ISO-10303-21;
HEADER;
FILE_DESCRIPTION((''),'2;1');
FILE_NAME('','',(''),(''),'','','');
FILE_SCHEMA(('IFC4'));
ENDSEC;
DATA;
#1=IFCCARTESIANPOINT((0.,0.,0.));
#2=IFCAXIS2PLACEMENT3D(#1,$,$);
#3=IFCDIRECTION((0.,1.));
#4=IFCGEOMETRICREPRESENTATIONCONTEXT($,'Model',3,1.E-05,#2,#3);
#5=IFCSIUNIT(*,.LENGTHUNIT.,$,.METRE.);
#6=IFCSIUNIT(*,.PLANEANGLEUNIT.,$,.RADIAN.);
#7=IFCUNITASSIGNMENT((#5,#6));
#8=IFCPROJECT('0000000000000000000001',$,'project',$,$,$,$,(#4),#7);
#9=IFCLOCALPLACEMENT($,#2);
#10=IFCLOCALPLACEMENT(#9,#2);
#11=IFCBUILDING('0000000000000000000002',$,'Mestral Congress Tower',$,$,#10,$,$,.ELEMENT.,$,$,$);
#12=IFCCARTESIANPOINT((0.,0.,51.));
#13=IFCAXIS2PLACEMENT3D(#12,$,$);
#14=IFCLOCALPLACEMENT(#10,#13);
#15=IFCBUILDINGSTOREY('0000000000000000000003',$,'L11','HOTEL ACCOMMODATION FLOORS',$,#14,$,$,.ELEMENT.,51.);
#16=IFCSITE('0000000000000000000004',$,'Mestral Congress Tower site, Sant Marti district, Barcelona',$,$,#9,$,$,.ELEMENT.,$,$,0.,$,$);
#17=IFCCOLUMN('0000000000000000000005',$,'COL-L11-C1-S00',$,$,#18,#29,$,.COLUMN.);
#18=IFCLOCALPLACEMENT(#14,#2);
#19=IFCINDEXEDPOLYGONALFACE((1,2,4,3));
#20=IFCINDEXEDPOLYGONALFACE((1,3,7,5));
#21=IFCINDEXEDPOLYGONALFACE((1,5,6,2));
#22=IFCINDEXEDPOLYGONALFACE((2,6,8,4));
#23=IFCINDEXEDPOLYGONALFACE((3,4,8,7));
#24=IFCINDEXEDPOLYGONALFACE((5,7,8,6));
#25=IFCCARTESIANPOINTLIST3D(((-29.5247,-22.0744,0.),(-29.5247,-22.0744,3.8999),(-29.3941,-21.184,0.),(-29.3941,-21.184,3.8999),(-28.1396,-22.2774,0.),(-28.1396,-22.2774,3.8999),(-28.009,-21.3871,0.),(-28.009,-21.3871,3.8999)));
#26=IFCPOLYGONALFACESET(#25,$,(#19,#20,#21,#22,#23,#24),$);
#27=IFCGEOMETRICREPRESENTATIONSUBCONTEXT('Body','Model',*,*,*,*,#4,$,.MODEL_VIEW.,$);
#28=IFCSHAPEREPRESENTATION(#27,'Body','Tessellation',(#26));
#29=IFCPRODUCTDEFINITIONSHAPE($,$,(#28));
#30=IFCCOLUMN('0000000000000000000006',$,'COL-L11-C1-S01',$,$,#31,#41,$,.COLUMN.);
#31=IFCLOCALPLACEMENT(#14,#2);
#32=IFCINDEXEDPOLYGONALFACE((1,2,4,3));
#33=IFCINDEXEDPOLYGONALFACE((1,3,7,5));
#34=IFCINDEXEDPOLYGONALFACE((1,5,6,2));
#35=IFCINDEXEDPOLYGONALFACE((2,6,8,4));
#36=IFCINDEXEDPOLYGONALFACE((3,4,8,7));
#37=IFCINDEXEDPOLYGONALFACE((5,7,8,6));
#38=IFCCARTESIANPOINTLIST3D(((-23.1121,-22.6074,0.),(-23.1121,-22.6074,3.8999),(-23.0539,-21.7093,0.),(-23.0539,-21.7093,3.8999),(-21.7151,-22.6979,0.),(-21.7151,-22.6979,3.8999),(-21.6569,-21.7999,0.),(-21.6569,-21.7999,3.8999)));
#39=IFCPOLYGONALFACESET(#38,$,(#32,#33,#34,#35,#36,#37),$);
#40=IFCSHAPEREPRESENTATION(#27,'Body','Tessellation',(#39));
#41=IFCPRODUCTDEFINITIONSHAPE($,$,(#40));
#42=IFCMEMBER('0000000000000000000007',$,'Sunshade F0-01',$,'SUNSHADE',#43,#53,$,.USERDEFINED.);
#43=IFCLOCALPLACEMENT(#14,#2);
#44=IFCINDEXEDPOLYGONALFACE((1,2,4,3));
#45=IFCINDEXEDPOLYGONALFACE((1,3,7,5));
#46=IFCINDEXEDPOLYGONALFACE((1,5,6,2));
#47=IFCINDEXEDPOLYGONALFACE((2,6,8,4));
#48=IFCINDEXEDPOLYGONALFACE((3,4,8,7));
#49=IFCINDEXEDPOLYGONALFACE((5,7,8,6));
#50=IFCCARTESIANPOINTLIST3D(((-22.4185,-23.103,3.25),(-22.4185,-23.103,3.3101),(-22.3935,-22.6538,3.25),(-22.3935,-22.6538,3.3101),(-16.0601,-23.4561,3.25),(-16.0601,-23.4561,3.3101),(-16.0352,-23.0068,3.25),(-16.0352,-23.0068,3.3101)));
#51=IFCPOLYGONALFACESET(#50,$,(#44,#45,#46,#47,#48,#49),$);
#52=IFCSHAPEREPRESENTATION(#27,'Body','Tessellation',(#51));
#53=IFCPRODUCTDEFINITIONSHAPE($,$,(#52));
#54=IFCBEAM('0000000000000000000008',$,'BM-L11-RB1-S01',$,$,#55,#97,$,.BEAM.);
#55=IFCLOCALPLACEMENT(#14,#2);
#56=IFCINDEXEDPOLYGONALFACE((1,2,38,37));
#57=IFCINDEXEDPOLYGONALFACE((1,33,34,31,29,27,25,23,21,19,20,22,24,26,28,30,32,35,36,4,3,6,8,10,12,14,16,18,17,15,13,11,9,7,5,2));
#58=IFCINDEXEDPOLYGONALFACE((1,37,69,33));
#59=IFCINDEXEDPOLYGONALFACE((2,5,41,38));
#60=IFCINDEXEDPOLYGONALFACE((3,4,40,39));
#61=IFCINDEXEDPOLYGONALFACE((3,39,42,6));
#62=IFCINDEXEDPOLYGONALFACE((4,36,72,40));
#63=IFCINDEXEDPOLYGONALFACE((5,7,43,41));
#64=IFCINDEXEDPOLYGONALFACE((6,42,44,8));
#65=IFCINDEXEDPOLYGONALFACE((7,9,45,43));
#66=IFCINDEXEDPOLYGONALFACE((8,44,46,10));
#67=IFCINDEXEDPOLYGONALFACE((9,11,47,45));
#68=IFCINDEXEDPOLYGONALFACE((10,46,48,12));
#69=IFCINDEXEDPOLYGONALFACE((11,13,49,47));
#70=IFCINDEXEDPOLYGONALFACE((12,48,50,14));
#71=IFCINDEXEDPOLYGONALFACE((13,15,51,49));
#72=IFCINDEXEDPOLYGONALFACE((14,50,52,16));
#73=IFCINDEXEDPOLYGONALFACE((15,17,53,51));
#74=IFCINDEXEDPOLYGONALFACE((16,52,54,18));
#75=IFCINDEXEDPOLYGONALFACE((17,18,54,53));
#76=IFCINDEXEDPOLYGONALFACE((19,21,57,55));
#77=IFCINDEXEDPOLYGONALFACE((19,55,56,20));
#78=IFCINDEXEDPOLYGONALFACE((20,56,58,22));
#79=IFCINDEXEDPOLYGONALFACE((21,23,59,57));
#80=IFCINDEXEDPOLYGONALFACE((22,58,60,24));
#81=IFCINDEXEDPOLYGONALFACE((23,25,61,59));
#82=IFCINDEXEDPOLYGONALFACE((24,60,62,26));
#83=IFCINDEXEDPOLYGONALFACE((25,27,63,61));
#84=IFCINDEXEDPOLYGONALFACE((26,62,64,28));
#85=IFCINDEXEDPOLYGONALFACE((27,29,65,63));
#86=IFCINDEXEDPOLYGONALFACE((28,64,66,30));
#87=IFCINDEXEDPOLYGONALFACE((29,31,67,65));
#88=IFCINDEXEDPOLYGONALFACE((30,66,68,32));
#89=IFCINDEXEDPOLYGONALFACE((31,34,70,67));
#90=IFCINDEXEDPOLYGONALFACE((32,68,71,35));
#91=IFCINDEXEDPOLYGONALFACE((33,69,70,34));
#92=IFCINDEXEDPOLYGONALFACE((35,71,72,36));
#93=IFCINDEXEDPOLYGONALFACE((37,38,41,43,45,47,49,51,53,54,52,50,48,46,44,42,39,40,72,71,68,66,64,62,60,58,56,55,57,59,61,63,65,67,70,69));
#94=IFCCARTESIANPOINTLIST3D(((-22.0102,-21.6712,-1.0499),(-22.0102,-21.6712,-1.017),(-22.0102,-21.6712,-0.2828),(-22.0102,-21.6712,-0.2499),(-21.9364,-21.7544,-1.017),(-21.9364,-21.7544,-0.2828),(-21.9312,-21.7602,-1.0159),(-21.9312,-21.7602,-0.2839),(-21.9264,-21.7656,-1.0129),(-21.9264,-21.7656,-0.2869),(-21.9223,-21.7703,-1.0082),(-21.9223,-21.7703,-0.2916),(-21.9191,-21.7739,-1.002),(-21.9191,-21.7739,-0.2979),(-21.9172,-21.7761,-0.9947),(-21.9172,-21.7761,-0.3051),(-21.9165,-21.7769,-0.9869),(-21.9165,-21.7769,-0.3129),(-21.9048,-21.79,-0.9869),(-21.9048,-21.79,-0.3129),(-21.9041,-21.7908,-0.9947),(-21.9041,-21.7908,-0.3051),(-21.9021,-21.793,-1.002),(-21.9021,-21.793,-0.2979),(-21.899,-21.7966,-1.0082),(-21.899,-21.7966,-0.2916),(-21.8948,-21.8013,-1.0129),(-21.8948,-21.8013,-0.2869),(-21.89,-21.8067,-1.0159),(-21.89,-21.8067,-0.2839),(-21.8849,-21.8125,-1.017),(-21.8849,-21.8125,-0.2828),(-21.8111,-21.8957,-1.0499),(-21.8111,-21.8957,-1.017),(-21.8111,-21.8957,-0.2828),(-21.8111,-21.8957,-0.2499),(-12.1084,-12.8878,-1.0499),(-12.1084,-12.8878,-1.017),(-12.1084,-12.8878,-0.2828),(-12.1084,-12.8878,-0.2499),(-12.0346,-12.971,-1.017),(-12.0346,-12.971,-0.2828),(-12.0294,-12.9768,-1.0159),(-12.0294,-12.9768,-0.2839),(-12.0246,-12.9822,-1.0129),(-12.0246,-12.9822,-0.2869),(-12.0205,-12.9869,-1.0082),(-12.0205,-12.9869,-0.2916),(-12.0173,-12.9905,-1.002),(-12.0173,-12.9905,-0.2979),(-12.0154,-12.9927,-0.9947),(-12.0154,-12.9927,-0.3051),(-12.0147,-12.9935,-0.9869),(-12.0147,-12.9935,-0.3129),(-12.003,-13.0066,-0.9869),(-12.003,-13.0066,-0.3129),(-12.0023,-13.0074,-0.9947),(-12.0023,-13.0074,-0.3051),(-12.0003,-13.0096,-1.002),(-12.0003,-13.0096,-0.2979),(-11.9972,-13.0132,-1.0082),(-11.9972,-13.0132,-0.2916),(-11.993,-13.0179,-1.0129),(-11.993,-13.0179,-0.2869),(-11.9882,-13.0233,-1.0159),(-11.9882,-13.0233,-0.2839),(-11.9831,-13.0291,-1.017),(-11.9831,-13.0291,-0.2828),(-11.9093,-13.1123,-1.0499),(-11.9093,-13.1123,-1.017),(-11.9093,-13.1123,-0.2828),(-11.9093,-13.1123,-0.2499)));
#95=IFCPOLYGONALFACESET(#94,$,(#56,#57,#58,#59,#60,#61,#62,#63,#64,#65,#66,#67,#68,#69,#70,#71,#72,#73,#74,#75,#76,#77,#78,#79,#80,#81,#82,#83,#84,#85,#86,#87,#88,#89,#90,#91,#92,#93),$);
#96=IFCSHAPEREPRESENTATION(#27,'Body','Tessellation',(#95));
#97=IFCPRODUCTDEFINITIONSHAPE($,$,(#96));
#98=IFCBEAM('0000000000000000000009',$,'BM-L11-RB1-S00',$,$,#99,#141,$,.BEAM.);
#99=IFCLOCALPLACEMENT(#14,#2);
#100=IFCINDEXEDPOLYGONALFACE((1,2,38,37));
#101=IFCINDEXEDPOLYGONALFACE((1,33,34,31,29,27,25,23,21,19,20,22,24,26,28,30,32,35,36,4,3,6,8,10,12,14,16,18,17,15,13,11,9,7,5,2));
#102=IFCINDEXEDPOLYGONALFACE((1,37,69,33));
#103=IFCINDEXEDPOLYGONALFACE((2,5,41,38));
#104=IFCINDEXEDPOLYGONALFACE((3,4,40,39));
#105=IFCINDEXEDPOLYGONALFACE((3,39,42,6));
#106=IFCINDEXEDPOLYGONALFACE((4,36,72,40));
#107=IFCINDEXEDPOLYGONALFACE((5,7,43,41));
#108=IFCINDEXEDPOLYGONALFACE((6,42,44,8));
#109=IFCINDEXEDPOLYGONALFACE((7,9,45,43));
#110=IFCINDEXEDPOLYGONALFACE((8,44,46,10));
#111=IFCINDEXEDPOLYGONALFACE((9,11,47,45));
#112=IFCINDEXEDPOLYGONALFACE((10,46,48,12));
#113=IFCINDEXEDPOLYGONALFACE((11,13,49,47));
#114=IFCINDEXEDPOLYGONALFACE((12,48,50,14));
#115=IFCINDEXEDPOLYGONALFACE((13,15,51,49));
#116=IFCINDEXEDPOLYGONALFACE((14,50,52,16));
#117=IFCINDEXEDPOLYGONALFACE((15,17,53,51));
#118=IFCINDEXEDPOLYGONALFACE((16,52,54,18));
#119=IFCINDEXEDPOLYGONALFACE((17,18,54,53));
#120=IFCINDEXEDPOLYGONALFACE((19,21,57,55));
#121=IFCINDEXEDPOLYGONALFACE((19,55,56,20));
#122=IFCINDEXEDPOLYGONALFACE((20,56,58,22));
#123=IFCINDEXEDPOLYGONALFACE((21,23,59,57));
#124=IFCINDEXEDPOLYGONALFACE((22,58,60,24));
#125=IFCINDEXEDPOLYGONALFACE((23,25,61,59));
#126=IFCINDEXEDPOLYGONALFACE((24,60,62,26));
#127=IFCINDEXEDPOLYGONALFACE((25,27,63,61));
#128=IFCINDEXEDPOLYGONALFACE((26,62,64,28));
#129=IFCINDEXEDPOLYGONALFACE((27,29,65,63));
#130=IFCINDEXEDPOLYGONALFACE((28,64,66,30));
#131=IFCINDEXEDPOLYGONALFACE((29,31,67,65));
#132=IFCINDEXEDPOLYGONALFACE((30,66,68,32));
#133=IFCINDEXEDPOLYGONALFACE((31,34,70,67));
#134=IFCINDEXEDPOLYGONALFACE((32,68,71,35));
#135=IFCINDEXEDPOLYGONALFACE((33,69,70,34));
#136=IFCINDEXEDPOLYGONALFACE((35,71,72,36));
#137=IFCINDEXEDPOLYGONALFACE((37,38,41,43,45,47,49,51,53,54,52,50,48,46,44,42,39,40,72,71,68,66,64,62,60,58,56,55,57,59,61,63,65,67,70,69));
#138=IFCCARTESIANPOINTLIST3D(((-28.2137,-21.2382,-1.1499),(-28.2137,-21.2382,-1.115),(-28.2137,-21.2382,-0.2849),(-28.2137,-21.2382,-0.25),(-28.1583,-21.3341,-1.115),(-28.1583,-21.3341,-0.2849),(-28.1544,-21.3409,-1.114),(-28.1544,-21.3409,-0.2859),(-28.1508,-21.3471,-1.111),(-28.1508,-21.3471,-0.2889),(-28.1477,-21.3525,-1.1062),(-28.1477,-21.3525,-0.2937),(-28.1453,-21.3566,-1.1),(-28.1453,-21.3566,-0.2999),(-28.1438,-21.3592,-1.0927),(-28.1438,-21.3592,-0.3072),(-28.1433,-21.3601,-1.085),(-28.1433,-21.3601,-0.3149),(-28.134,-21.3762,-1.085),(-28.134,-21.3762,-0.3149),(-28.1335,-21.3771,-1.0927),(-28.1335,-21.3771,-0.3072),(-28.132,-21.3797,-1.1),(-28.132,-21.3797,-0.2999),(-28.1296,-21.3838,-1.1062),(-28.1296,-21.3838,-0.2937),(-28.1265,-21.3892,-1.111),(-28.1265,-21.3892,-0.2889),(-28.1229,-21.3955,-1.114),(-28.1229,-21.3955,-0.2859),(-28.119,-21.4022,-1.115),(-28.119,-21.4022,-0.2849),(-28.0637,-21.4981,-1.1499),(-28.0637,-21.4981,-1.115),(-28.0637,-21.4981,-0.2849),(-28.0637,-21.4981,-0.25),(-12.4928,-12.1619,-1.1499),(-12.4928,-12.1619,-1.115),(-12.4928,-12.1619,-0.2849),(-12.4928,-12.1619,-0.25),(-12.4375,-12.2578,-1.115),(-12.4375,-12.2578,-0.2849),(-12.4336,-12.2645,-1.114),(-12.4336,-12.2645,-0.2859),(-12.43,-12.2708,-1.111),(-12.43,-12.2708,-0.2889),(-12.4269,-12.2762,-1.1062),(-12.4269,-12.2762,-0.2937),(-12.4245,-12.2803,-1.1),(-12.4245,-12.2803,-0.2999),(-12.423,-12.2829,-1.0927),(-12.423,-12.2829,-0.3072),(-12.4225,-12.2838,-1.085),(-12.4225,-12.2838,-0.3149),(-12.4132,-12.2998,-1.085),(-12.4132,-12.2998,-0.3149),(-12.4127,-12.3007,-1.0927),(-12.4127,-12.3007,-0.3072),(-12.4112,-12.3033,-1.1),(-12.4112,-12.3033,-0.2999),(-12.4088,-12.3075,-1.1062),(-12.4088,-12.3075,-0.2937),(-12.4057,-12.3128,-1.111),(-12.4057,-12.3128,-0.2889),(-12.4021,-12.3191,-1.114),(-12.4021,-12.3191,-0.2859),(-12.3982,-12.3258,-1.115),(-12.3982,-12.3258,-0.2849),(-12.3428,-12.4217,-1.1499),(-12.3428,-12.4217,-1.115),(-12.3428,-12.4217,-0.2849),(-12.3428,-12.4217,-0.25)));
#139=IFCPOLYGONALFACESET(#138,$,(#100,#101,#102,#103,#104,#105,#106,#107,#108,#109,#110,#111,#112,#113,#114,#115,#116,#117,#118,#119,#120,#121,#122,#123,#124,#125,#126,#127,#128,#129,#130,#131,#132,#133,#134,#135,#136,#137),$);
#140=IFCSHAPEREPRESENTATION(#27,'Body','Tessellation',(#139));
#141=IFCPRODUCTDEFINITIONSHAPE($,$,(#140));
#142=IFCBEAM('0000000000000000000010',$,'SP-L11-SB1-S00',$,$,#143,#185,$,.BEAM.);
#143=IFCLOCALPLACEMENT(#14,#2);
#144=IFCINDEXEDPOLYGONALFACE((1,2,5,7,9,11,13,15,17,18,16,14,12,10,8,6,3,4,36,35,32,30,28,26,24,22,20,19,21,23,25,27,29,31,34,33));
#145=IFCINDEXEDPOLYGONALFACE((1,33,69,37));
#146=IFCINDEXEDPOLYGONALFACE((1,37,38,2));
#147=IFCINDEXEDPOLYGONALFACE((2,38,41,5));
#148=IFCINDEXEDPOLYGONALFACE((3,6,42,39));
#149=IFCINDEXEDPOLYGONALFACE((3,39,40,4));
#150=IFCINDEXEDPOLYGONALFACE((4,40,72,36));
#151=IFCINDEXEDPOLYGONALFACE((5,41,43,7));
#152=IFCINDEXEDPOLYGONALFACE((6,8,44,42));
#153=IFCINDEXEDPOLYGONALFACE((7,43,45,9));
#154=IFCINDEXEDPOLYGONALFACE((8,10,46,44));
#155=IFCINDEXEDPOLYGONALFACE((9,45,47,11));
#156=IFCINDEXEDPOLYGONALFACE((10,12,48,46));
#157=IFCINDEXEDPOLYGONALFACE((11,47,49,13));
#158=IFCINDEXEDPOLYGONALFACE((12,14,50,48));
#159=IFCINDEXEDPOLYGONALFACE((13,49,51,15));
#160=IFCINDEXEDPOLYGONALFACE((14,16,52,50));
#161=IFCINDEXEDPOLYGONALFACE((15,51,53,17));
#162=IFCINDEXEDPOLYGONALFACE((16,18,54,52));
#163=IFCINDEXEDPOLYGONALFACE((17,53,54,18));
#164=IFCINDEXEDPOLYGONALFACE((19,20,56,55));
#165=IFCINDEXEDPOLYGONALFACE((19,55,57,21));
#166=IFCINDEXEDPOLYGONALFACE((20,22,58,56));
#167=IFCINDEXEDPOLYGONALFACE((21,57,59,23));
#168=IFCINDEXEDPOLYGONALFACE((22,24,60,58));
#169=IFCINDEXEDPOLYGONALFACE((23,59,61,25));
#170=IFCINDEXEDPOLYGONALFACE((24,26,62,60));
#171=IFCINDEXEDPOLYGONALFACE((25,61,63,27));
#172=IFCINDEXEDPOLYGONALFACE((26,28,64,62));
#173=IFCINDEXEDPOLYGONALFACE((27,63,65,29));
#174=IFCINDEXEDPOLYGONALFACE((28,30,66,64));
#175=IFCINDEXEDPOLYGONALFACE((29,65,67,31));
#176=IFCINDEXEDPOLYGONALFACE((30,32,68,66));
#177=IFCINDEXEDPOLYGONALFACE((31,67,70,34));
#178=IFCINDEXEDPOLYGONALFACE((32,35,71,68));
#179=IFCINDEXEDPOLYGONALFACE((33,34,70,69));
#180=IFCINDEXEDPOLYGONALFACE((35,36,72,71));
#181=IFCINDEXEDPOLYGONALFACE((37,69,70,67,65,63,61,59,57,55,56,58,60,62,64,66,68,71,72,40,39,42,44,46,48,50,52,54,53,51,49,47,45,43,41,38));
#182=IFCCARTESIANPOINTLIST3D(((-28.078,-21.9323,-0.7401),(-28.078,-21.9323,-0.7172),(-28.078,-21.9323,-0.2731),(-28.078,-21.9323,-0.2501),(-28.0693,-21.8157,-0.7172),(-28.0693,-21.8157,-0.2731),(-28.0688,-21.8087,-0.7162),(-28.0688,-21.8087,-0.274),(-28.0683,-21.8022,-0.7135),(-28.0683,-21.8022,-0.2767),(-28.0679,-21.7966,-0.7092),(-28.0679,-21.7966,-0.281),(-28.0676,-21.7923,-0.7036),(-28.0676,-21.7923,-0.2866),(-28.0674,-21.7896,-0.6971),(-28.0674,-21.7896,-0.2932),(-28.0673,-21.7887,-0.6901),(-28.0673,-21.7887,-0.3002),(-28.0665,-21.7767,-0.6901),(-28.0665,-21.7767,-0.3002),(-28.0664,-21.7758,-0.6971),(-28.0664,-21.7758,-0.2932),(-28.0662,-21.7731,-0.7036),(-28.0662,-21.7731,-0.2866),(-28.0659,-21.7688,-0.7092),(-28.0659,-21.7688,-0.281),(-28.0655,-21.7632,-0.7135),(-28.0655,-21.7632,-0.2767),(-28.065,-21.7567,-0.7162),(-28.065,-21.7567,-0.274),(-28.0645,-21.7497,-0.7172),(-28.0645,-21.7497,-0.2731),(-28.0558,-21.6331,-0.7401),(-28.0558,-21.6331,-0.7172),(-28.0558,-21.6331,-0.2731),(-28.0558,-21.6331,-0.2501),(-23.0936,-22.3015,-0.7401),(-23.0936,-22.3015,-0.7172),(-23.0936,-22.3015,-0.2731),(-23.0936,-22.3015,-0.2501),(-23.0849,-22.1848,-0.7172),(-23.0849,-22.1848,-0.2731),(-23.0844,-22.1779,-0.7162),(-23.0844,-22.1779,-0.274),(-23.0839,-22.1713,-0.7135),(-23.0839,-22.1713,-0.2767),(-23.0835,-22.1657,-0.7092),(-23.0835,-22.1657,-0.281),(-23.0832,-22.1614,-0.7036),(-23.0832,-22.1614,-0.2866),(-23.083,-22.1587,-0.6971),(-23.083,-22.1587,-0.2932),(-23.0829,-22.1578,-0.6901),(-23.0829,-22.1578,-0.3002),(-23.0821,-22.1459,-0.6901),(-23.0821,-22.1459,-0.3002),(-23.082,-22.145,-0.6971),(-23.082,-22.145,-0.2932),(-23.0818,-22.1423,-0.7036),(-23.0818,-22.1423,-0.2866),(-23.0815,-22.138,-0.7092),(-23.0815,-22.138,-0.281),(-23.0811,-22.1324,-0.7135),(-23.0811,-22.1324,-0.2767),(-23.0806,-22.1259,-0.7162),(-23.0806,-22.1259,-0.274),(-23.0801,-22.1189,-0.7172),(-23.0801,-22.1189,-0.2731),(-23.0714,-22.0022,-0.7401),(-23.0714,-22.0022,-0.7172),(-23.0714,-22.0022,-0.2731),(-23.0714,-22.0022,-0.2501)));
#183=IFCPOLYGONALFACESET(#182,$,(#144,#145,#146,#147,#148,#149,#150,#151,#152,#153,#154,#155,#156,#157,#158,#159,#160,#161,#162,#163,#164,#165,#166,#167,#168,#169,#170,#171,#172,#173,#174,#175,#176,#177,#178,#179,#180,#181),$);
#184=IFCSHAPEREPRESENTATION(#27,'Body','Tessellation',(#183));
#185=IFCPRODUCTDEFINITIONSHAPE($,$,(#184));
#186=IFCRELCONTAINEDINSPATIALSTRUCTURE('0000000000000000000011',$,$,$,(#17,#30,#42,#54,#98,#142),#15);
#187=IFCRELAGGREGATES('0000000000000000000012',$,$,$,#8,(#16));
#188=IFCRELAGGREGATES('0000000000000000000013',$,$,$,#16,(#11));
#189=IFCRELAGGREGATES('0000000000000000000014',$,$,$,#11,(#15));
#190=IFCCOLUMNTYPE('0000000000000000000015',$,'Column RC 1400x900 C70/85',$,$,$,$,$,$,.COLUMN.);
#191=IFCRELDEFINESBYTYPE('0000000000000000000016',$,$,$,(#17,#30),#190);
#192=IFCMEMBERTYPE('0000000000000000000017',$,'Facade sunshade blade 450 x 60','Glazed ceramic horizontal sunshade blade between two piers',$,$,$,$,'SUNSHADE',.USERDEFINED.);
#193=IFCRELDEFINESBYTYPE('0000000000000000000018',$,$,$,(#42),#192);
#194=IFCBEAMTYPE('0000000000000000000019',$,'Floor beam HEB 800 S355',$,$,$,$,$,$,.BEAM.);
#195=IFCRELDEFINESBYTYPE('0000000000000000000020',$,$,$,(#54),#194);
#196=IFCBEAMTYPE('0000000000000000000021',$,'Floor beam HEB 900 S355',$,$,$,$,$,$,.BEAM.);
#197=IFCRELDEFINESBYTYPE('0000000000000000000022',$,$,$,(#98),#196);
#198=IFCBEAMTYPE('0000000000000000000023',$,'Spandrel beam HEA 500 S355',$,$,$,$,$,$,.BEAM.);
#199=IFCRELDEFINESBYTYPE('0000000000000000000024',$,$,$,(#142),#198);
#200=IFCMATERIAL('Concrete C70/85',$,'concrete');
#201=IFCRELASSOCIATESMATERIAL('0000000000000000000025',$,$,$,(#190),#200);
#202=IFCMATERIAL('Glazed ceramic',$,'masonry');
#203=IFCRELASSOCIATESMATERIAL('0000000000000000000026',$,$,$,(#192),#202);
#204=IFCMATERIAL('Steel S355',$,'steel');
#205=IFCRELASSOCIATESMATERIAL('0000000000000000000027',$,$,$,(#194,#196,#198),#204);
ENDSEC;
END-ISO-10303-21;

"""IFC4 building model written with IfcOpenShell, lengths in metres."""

from ifc_helpers import new_model, si_unit, direction, frame, origin, origin_2d, place, context, subcontext, project, spatial, rectangle, i_section, extrude, material, material_profile, profile_set, type_object, element, save


model = new_model("IFC4")

# Units and contexts
model_context = context("Model", 3, precision=1e-05, world=origin(), true_north=direction((0.0, 1.0)))
body_context = subcontext(model_context, "Body", "Model", "MODEL_VIEW")
ifc_project = project(units=[si_unit("LENGTHUNIT", "METRE"), si_unit("PLANEANGLEUNIT", "RADIAN")], contexts=[model_context])

# Site, building, storey
site_placement = place(None, origin())
site = spatial("IfcSite", under=ifc_project, at=site_placement, Name="Mestral Congress Tower site, Sant Marti district, Barcelona", CompositionType="ELEMENT", RefElevation=0.0)
building_placement = place(site_placement, origin())
building = spatial("IfcBuilding", under=site, at=building_placement, Name="Mestral Congress Tower", CompositionType="ELEMENT")
storey_placement = place(building_placement, frame((0.0, 0.0, 51.0)))
storey = spatial("IfcBuildingStorey", under=building, at=storey_placement, Name="L11", Description="HOTEL ACCOMMODATION FLOORS", CompositionType="ELEMENT", Elevation=51.0)

# Columns
ifc_material_1 = material(Name="Concrete C70/85", Category="concrete")
ifc_material_profile_1 = material_profile(ifc_material_1, rectangle(XDim=1.3999, YDim=0.8999, at=origin_2d()), Name="RC 1400x900")
ifc_profile_set_1 = profile_set([ifc_material_profile_1], Name="Concrete C70/85")
column_type = type_object("IfcColumnType", Name="Column RC 1400x900 C70/85", PredefinedType="COLUMN", material=ifc_profile_set_1)
for number, where, z_axis, x_axis, name in (
    (1, (-28.7668, -21.7307, 0.0), (0.0, 0.0, 1.0), (0.989424, -0.145056, 0.0), "COL-L11-C1-S00"),
    (2, (-22.3845, -22.2036, 0.0), (0.0, 0.0, 1.0), (0.997908, -0.064658, 0.0), "COL-L11-C1-S01"),
):
    element("IfcColumn", number, at=place(storey_placement, frame(where, z_axis=z_axis, x_axis=x_axis)), inside=storey, type_object=column_type, Name=name, PredefinedType="COLUMN", context=body_context, shape_type="SweptSolid", body=[
        extrude(rectangle(XDim=1.3999, YDim=0.8999, at=origin_2d()), origin(), (0.0, 0.0, 1.0), 3.8999),
    ])

# Member
ifc_material_2 = material(Name="Glazed ceramic", Category="masonry")
ifc_material_profile_2 = material_profile(ifc_material_2, rectangle(XDim=0.45, YDim=0.0601, at=origin_2d()), Name="Ceramic blade 450 x 60")
ifc_profile_set_2 = profile_set([ifc_material_profile_2], Name="Glazed ceramic")
member_type = type_object("IfcMemberType", Name="Facade sunshade blade 450 x 60", Description="Glazed ceramic horizontal sunshade blade between two piers", ElementType="SUNSHADE", PredefinedType="USERDEFINED", material=ifc_profile_set_2)
member_placement = place(storey_placement, frame((-22.406, -22.8784, 3.28), z_axis=(0.998462, -0.055436, 0.0), x_axis=(0.055436, 0.998462, 0.0)))
element("IfcMember", 3, at=member_placement, inside=storey, type_object=member_type, Name="Sunshade F0-01", ObjectType="SUNSHADE", PredefinedType="USERDEFINED", context=body_context, shape_type="SweptSolid", body=[
    extrude(rectangle(XDim=0.45, YDim=0.0601, at=origin_2d()), origin(), (0.0, 0.0, 1.0), 6.3682),
])

# Beams
ifc_material_3 = material(Name="Steel S355", Category="steel")
ifc_material_profile_3 = material_profile(ifc_material_3, i_section(OverallWidth=0.3, OverallDepth=0.8, WebThickness=0.0176, FlangeThickness=0.033, FilletRadius=0.03, at=origin_2d()), Name="HEB 800")
ifc_profile_set_3 = profile_set([ifc_material_profile_3], Name="Steel S355")
beam_type_1 = type_object("IfcBeamType", Name="Floor beam HEB 800 S355", PredefinedType="BEAM", material=ifc_profile_set_3)
beam_1_placement = place(storey_placement, frame((-21.9106, -21.7834, -0.6499), z_axis=(0.748092, 0.663595, 0.0), x_axis=(-0.663595, 0.748092, 0.0)))
element("IfcBeam", 4, at=beam_1_placement, inside=storey, type_object=beam_type_1, Name="BM-L11-RB1-S01", PredefinedType="BEAM", context=body_context, shape_type="SweptSolid", body=[
    extrude(i_section(OverallWidth=0.3, OverallDepth=0.8, WebThickness=0.0176, FlangeThickness=0.033, FilletRadius=0.03, at=origin_2d()), origin(), (0.0, 0.0, 1.0), 13.2361),
])
ifc_material_profile_4 = material_profile(ifc_material_3, i_section(OverallWidth=0.3, OverallDepth=0.8999, WebThickness=0.0186, FlangeThickness=0.0349, FilletRadius=0.03, at=origin_2d()), Name="HEB 900")
ifc_profile_set_4 = profile_set([ifc_material_profile_4], Name="Steel S355")
beam_type_2 = type_object("IfcBeamType", Name="Floor beam HEB 900 S355", PredefinedType="BEAM", material=ifc_profile_set_4)
beam_2_placement = place(storey_placement, frame((-28.1387, -21.3682, -0.7), z_axis=(0.866027, 0.499997, 0.0), x_axis=(-0.499997, 0.866027, 0.0)))
element("IfcBeam", 5, at=beam_2_placement, inside=storey, type_object=beam_type_2, Name="BM-L11-RB1-S00", PredefinedType="BEAM", context=body_context, shape_type="SweptSolid", body=[
    extrude(i_section(OverallWidth=0.3, OverallDepth=0.8999, WebThickness=0.0186, FlangeThickness=0.0349, FilletRadius=0.03, at=origin_2d()), origin(), (0.0, 0.0, 1.0), 18.1528),
])
ifc_material_profile_5 = material_profile(ifc_material_3, i_section(OverallWidth=0.3, OverallDepth=0.49, WebThickness=0.012, FlangeThickness=0.0229, FilletRadius=0.0271, at=origin_2d()), Name="HEA 500")
ifc_profile_set_5 = profile_set([ifc_material_profile_5], Name="Steel S355")
beam_type_3 = type_object("IfcBeamType", Name="Spandrel beam HEA 500 S355", PredefinedType="BEAM", material=ifc_profile_set_5)
beam_3_placement = place(storey_placement, frame((-28.0669, -21.7827, -0.4951), z_axis=(0.997269, -0.073857, 0.0), x_axis=(0.073857, 0.997269, 0.0)))
element("IfcBeam", 6, at=beam_3_placement, inside=storey, type_object=beam_type_3, Name="SP-L11-SB1-S00", PredefinedType="BEAM", context=body_context, shape_type="SweptSolid", body=[
    extrude(i_section(OverallWidth=0.3, OverallDepth=0.49, WebThickness=0.012, FlangeThickness=0.0229, FilletRadius=0.0271, at=origin_2d()), origin(), (0.0, 0.0, 1.0), 4.998),
])

save(model, "model.ifc")
